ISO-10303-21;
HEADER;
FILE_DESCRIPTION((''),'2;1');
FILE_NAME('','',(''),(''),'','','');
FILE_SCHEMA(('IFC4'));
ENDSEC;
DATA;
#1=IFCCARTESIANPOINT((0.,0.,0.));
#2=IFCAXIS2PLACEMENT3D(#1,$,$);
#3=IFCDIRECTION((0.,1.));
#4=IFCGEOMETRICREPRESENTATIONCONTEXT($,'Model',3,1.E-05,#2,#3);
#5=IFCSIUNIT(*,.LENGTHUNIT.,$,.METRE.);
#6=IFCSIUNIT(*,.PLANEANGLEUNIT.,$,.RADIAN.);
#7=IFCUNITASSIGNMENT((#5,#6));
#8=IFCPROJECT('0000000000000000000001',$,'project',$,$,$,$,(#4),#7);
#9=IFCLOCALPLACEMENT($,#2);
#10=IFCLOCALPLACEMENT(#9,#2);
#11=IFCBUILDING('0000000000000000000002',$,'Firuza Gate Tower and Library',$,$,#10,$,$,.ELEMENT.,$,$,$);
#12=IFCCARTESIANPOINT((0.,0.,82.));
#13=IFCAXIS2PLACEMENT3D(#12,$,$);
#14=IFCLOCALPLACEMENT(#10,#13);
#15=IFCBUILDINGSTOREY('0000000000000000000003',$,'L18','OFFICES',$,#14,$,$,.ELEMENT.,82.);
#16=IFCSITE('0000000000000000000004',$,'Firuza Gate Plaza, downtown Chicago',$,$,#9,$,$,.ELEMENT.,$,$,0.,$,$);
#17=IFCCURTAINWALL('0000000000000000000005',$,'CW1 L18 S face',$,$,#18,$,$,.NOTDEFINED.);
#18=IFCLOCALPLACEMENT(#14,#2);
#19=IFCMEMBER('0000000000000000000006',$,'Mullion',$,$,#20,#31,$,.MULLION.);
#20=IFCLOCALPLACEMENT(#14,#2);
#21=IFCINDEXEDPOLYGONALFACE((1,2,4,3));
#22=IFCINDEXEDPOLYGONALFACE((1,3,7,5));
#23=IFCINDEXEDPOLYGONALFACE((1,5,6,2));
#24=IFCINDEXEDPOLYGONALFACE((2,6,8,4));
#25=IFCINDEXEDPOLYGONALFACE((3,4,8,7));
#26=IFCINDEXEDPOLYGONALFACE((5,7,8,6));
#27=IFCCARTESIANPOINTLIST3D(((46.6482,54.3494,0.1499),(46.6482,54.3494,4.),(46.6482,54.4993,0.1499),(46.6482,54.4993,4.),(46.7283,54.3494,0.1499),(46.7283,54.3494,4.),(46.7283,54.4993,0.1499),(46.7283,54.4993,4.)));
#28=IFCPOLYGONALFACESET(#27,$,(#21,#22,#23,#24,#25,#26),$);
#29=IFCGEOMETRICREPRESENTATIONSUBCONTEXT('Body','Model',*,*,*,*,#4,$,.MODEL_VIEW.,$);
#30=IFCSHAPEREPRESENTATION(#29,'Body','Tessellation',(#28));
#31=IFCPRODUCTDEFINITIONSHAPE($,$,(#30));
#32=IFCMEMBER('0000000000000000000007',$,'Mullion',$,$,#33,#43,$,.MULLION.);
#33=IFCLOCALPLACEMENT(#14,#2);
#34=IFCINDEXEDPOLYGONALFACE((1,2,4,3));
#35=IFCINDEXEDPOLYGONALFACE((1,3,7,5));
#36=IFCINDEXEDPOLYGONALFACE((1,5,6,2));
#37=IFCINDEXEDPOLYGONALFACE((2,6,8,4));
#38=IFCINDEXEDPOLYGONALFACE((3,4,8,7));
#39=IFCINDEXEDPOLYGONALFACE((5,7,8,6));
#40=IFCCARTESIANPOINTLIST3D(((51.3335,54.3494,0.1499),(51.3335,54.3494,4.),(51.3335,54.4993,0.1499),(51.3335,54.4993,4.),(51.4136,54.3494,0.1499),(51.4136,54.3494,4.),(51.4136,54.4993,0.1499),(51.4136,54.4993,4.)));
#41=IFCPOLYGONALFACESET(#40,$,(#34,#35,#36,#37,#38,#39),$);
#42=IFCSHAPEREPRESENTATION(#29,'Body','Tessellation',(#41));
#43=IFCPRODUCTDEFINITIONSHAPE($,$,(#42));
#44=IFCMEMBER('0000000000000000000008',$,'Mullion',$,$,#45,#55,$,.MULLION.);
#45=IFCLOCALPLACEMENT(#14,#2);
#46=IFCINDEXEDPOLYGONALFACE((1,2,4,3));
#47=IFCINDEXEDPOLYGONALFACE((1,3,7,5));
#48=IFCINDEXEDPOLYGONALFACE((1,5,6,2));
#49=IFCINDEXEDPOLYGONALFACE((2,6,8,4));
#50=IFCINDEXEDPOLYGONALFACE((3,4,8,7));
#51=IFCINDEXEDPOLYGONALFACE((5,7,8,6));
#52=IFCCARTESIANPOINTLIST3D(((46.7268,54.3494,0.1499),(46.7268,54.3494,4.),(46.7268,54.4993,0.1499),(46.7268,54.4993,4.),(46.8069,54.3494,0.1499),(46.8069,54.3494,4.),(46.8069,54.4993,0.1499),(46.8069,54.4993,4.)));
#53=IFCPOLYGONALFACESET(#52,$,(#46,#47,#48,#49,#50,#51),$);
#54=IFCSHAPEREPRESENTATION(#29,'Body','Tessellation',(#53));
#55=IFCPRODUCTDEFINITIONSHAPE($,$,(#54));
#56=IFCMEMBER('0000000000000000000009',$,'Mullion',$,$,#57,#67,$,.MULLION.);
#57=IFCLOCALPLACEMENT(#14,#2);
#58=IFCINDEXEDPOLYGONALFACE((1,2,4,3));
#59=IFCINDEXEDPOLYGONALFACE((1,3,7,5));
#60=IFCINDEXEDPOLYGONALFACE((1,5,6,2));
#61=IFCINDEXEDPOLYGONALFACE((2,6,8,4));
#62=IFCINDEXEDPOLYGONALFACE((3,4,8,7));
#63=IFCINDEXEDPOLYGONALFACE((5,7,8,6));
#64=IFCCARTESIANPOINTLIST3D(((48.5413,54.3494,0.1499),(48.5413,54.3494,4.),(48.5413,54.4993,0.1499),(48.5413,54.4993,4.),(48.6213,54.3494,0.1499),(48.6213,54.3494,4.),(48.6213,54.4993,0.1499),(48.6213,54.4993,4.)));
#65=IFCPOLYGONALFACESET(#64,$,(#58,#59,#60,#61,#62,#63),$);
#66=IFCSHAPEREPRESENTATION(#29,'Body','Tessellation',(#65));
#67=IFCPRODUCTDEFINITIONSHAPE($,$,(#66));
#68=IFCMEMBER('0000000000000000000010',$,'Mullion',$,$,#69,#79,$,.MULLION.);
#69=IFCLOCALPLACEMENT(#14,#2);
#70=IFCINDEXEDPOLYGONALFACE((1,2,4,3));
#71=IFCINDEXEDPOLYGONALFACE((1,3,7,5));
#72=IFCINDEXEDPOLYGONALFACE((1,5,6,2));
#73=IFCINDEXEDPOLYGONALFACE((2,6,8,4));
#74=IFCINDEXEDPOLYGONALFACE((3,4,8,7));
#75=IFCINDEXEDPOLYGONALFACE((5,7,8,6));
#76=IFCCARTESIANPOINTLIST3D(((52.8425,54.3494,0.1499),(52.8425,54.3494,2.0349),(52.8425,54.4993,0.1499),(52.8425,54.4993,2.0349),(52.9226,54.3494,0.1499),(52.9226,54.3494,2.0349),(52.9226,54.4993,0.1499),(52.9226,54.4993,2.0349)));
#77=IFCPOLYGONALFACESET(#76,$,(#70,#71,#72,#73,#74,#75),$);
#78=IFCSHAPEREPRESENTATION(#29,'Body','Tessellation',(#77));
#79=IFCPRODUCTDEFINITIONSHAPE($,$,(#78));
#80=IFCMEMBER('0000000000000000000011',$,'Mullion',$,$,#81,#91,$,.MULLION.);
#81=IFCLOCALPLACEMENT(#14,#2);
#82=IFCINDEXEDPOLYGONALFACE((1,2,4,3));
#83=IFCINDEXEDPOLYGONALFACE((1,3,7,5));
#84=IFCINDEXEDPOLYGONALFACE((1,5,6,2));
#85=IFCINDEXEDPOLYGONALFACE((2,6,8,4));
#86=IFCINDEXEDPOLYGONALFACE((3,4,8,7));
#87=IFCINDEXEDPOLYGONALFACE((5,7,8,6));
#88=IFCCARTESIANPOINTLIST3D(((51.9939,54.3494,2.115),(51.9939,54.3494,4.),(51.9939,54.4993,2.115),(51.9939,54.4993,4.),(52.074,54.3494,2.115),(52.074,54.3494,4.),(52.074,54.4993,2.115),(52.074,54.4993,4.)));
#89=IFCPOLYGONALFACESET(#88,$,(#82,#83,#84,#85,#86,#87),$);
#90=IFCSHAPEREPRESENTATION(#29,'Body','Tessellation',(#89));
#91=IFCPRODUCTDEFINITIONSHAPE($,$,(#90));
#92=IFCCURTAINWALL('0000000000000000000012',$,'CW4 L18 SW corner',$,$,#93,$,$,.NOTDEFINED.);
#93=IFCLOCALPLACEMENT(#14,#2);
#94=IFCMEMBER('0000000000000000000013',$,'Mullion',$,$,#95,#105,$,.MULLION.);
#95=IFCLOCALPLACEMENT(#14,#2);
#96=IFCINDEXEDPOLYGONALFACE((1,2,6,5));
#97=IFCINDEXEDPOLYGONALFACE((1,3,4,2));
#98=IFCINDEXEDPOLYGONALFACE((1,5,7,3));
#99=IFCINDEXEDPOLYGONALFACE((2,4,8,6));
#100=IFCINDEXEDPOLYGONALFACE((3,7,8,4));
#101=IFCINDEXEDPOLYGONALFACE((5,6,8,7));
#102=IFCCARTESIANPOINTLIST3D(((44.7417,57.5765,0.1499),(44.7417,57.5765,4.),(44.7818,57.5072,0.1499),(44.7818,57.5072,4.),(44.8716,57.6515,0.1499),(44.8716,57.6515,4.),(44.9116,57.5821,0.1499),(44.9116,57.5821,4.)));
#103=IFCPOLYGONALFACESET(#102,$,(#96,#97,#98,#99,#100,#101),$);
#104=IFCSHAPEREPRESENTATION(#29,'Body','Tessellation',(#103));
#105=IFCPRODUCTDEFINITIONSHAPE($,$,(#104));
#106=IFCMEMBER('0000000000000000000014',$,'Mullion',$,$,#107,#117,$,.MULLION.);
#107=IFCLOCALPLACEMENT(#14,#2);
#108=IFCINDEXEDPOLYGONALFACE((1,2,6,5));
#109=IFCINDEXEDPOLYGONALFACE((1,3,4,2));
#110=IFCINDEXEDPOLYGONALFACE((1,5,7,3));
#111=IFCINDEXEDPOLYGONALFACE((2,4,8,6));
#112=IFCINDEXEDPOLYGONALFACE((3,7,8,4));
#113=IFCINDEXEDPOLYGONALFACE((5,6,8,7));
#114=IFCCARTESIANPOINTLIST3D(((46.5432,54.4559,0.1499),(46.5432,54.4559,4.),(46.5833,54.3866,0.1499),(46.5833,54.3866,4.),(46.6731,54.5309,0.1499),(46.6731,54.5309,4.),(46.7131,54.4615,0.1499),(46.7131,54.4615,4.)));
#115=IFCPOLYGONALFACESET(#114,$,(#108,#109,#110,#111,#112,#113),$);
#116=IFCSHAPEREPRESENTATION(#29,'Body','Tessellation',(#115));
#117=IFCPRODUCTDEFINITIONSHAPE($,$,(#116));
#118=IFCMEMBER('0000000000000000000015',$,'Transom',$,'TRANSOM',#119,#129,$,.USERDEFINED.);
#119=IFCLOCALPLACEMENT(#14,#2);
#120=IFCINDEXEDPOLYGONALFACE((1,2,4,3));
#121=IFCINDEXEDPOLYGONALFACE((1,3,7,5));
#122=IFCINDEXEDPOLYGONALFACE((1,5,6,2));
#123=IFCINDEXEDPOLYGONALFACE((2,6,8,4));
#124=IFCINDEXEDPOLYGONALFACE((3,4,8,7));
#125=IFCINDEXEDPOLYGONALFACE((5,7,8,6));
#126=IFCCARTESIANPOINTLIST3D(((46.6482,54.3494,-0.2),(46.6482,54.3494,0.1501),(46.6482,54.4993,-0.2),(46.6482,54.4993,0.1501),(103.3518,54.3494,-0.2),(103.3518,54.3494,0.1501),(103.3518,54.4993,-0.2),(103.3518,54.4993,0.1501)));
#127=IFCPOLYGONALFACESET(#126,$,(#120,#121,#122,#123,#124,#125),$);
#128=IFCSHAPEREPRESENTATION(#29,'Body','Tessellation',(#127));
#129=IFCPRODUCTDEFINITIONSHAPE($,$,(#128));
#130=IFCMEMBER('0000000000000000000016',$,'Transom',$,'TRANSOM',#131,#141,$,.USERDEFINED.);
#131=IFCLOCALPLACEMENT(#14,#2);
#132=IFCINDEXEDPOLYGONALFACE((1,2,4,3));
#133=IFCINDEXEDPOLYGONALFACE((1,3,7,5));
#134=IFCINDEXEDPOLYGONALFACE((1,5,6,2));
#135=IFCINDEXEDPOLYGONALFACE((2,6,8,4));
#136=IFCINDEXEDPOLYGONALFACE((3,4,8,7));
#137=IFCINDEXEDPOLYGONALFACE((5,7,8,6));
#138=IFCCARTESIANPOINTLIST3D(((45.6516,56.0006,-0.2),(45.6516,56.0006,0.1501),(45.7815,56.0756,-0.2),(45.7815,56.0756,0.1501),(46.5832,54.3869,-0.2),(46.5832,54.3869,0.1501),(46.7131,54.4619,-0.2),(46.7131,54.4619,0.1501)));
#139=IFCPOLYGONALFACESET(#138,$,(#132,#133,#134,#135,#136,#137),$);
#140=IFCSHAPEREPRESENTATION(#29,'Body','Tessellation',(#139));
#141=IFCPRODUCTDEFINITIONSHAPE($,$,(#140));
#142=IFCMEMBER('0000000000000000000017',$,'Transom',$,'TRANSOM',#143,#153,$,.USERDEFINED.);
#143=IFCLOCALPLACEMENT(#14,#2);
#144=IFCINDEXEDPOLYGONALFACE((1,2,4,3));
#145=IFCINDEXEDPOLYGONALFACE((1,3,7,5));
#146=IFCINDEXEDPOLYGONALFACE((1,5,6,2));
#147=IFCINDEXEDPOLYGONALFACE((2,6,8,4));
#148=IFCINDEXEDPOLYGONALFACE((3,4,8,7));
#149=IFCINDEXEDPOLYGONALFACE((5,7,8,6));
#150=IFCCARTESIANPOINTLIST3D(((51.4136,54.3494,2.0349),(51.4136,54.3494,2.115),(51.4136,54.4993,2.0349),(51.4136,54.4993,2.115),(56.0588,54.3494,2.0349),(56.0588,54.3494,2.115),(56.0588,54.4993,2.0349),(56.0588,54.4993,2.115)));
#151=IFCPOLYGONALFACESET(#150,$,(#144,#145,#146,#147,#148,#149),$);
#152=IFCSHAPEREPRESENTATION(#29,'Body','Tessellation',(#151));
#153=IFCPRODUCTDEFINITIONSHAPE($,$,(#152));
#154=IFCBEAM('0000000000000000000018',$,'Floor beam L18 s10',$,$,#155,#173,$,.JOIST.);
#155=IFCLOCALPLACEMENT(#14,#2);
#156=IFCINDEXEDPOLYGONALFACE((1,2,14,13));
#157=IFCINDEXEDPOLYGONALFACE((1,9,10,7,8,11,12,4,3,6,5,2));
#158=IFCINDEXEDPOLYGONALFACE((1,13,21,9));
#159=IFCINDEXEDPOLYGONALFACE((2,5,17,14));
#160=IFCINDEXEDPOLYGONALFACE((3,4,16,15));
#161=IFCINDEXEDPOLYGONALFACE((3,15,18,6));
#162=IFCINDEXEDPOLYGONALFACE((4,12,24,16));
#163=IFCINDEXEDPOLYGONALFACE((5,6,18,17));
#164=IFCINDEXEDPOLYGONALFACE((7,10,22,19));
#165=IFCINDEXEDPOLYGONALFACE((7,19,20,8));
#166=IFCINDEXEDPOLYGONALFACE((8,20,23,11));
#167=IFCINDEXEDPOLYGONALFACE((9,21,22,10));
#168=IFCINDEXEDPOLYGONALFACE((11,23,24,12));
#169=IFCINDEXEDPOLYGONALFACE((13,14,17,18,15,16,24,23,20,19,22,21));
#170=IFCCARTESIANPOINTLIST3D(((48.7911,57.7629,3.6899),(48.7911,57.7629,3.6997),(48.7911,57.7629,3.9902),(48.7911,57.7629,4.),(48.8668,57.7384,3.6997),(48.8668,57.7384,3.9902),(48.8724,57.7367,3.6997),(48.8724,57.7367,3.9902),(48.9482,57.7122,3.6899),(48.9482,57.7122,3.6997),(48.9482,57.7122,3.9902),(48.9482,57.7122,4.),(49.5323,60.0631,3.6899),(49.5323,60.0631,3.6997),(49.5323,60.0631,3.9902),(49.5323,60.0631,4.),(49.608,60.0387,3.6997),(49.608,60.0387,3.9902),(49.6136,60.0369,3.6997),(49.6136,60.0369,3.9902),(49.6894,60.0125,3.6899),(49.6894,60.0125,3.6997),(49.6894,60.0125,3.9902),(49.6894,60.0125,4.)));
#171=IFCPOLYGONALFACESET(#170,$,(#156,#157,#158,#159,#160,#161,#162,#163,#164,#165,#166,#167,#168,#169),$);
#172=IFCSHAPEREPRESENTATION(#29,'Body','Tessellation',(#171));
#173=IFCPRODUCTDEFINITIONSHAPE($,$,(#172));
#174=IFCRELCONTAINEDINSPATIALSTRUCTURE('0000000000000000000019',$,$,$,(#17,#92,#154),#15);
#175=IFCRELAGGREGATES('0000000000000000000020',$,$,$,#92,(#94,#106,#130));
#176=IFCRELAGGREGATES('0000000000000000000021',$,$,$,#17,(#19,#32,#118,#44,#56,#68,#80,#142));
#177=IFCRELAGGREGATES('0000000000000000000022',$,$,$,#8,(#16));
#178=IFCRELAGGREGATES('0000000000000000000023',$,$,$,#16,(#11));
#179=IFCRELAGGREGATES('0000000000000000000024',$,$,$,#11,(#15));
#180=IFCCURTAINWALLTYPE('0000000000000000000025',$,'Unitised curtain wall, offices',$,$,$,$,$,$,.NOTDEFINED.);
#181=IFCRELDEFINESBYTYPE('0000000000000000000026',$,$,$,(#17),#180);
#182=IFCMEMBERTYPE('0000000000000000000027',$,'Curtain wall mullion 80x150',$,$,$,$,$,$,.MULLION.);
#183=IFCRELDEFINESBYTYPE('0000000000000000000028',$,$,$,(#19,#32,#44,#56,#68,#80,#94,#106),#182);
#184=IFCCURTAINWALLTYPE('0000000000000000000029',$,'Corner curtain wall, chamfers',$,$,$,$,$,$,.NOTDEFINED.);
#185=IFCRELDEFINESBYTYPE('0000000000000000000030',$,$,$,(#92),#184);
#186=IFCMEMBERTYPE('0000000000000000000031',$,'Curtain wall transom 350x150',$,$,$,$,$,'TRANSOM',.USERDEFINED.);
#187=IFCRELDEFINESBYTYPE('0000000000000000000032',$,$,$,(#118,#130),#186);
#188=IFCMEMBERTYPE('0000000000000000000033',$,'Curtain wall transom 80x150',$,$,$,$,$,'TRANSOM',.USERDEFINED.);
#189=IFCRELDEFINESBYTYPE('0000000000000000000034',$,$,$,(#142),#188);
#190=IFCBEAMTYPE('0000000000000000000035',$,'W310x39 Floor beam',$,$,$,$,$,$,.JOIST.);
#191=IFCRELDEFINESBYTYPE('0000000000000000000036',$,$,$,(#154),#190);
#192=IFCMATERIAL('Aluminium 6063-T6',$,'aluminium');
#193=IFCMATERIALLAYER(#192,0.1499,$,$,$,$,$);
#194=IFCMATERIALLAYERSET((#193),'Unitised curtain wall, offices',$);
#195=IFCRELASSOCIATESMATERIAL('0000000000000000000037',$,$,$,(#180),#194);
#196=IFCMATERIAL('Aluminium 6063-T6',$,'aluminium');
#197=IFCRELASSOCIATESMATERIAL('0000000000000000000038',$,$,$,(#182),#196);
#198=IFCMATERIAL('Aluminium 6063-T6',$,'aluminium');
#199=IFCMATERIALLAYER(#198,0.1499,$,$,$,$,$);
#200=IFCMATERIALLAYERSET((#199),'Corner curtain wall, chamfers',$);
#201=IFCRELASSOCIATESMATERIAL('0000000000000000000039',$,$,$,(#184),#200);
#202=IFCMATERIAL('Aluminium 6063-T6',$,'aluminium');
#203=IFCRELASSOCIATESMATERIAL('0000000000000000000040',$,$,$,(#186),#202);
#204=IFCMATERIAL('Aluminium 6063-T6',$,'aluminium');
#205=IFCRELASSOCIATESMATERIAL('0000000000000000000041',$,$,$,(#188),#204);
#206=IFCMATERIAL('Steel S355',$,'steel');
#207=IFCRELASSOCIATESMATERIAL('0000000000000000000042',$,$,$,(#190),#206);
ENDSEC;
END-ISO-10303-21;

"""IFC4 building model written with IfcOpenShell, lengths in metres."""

from ifc_helpers import new_model, si_unit, direction, frame, origin, origin_2d, place, context, subcontext, project, spatial, rectangle, i_section, extrude, material, layer, layer_set, material_profile, profile_set, type_object, element, aggregate, save


model = new_model("IFC4")

# Units and contexts
model_context = context("Model", 3, precision=1e-05, world=origin(), true_north=direction((0.0, 1.0)))
body_context = subcontext(model_context, "Body", "Model", "MODEL_VIEW")
ifc_project = project(units=[si_unit("LENGTHUNIT", "METRE"), si_unit("PLANEANGLEUNIT", "RADIAN")], contexts=[model_context])

# Site, building, storey
site_placement = place(None, origin())
site = spatial("IfcSite", under=ifc_project, at=site_placement, Name="Firuza Gate Plaza, downtown Chicago", CompositionType="ELEMENT", RefElevation=0.0)
building_placement = place(site_placement, origin())
building = spatial("IfcBuilding", under=site, at=building_placement, Name="Firuza Gate Tower and Library", CompositionType="ELEMENT")
storey_placement = place(building_placement, frame((0.0, 0.0, 82.0)))
storey = spatial("IfcBuildingStorey", under=building, at=storey_placement, Name="L18", Description="OFFICES", CompositionType="ELEMENT", Elevation=82.0)

# Curtain walls, members
ifc_material_1 = material(Name="Aluminium 6063-T6", Category="aluminium")
ifc_layer_1 = layer(ifc_material_1, 0.1499)
ifc_layer_set_1 = layer_set([ifc_layer_1], Name="Unitised curtain wall, offices")
curtain_wall_type_1 = type_object("IfcCurtainWallType", Name="Unitised curtain wall, offices", PredefinedType="NOTDEFINED", material=ifc_layer_set_1)
placement_1 = place(storey_placement, origin())
curtain_wall_1 = element("IfcCurtainWall", 1, at=placement_1, inside=storey, type_object=curtain_wall_type_1, Name="CW1 L18 S face", PredefinedType="NOTDEFINED")
ifc_material_2 = material(Name="Aluminium 6063-T6", Category="aluminium")
ifc_material_profile_1 = material_profile(ifc_material_2, rectangle(XDim=0.1499, YDim=0.0801, at=origin_2d()))
ifc_profile_set_1 = profile_set([ifc_material_profile_1], Name="Aluminium 6063-T6")
member_type_1 = type_object("IfcMemberType", Name="Curtain wall mullion 80x150", PredefinedType="MULLION", material=ifc_profile_set_1)
member_1_placement = place(storey_placement, frame((46.6882, 54.4243, 0.1499), z_axis=(0.0, 0.0, 1.0), x_axis=(0.0, 1.0, 0.0)))
member_1 = element("IfcMember", 2, at=member_1_placement, type_object=member_type_1, Name="Mullion", PredefinedType="MULLION", context=body_context, shape_type="SweptSolid", body=[
    extrude(rectangle(XDim=0.1499, YDim=0.0801, at=origin_2d()), origin(), (0.0, 0.0, 1.0), 3.8501),
])
member_2_placement = place(storey_placement, frame((51.3735, 54.4243, 0.1499), z_axis=(0.0, 0.0, 1.0), x_axis=(0.0, 1.0, 0.0)))
member_2 = element("IfcMember", 3, at=member_2_placement, type_object=member_type_1, Name="Mullion", PredefinedType="MULLION", context=body_context, shape_type="SweptSolid", body=[
    extrude(rectangle(XDim=0.1499, YDim=0.0801, at=origin_2d()), origin(), (0.0, 0.0, 1.0), 3.8501),
])
member_3_placement = place(storey_placement, frame((46.7668, 54.4243, 0.1499), z_axis=(0.0, 0.0, 1.0), x_axis=(0.0, 1.0, 0.0)))
member_3 = element("IfcMember", 4, at=member_3_placement, type_object=member_type_1, Name="Mullion", PredefinedType="MULLION", context=body_context, shape_type="SweptSolid", body=[
    extrude(rectangle(XDim=0.1499, YDim=0.0801, at=origin_2d()), origin(), (0.0, 0.0, 1.0), 3.8501),
])
member_4_placement = place(storey_placement, frame((48.5813, 54.4243, 0.1499), z_axis=(0.0, 0.0, 1.0), x_axis=(0.0, 1.0, 0.0)))
member_4 = element("IfcMember", 5, at=member_4_placement, type_object=member_type_1, Name="Mullion", PredefinedType="MULLION", context=body_context, shape_type="SweptSolid", body=[
    extrude(rectangle(XDim=0.1499, YDim=0.0801, at=origin_2d()), origin(), (0.0, 0.0, 1.0), 3.8501),
])
member_5_placement = place(storey_placement, frame((52.8826, 54.4243, 0.1499), z_axis=(0.0, 0.0, 1.0), x_axis=(0.0, 1.0, 0.0)))
member_5 = element("IfcMember", 6, at=member_5_placement, type_object=member_type_1, Name="Mullion", PredefinedType="MULLION", context=body_context, shape_type="SweptSolid", body=[
    extrude(rectangle(XDim=0.1499, YDim=0.0801, at=origin_2d()), origin(), (0.0, 0.0, 1.0), 1.885),
])
member_6_placement = place(storey_placement, frame((52.0339, 54.4243, 2.115), z_axis=(0.0, 0.0, 1.0), x_axis=(0.0, 1.0, 0.0)))
member_6 = element("IfcMember", 7, at=member_6_placement, type_object=member_type_1, Name="Mullion", PredefinedType="MULLION", context=body_context, shape_type="SweptSolid", body=[
    extrude(rectangle(XDim=0.1499, YDim=0.0801, at=origin_2d()), origin(), (0.0, 0.0, 1.0), 1.885),
])
ifc_material_3 = material(Name="Aluminium 6063-T6", Category="aluminium")
ifc_layer_2 = layer(ifc_material_3, 0.1499)
ifc_layer_set_2 = layer_set([ifc_layer_2], Name="Corner curtain wall, chamfers")
curtain_wall_type_2 = type_object("IfcCurtainWallType", Name="Corner curtain wall, chamfers", PredefinedType="NOTDEFINED", material=ifc_layer_set_2)
curtain_wall_2 = element("IfcCurtainWall", 8, at=placement_1, inside=storey, type_object=curtain_wall_type_2, Name="CW4 L18 SW corner", PredefinedType="NOTDEFINED")
member_7_placement = place(storey_placement, frame((44.8267, 57.5793, 0.1499), z_axis=(0.0, 0.0, 1.0), x_axis=(0.866025, 0.5, 0.0)))
member_7 = element("IfcMember", 9, at=member_7_placement, type_object=member_type_1, Name="Mullion", PredefinedType="MULLION", context=body_context, shape_type="SweptSolid", body=[
    extrude(rectangle(XDim=0.1499, YDim=0.0801, at=origin_2d()), origin(), (0.0, 0.0, 1.0), 3.8501),
])
member_8_placement = place(storey_placement, frame((46.6282, 54.4587, 0.1499), z_axis=(0.0, 0.0, 1.0), x_axis=(0.866025, 0.5, 0.0)))
member_8 = element("IfcMember", 10, at=member_8_placement, type_object=member_type_1, Name="Mullion", PredefinedType="MULLION", context=body_context, shape_type="SweptSolid", body=[
    extrude(rectangle(XDim=0.1499, YDim=0.0801, at=origin_2d()), origin(), (0.0, 0.0, 1.0), 3.8501),
])

# Members
ifc_material_4 = material(Name="Aluminium 6063-T6", Category="aluminium")
ifc_material_profile_2 = material_profile(ifc_material_4, rectangle(XDim=0.1499, YDim=0.3501, at=origin_2d()))
ifc_profile_set_2 = profile_set([ifc_material_profile_2], Name="Aluminium 6063-T6")
member_type_2 = type_object("IfcMemberType", Name="Curtain wall transom 350x150", ElementType="TRANSOM", PredefinedType="USERDEFINED", material=ifc_profile_set_2)
member_9_placement = place(storey_placement, frame((46.6482, 54.4243, -0.0249), z_axis=(1.0, 0.0, 0.0), x_axis=(0.0, 1.0, 0.0)))
member_9 = element("IfcMember", 11, at=member_9_placement, type_object=member_type_2, Name="Transom", ObjectType="TRANSOM", PredefinedType="USERDEFINED", context=body_context, shape_type="SweptSolid", body=[
    extrude(rectangle(XDim=0.1499, YDim=0.3501, at=origin_2d()), origin(), (0.0, 0.0, 1.0), 56.7036),
])
member_10_placement = place(storey_placement, frame((45.7166, 56.0381, -0.0249), z_axis=(0.499972, -0.866042, 0.0), x_axis=(0.866042, 0.499972, 0.0)))
member_10 = element("IfcMember", 12, at=member_10_placement, type_object=member_type_2, Name="Transom", ObjectType="TRANSOM", PredefinedType="USERDEFINED", context=body_context, shape_type="SweptSolid", body=[
    extrude(rectangle(XDim=0.1499, YDim=0.3501, at=origin_2d()), origin(), (0.0, 0.0, 1.0), 1.8633),
])
ifc_material_5 = material(Name="Aluminium 6063-T6", Category="aluminium")
ifc_material_profile_3 = material_profile(ifc_material_5, rectangle(XDim=0.1499, YDim=0.0801, at=origin_2d()))
ifc_profile_set_3 = profile_set([ifc_material_profile_3], Name="Aluminium 6063-T6")
member_type_3 = type_object("IfcMemberType", Name="Curtain wall transom 80x150", ElementType="TRANSOM", PredefinedType="USERDEFINED", material=ifc_profile_set_3)
member_11_placement = place(storey_placement, frame((51.4136, 54.4243, 2.075), z_axis=(1.0, 0.0, 0.0), x_axis=(0.0, 1.0, 0.0)))
member_11 = element("IfcMember", 13, at=member_11_placement, type_object=member_type_3, Name="Transom", ObjectType="TRANSOM", PredefinedType="USERDEFINED", context=body_context, shape_type="SweptSolid", body=[
    extrude(rectangle(XDim=0.1499, YDim=0.0801, at=origin_2d()), origin(), (0.0, 0.0, 1.0), 4.6453),
])

# Beam
ifc_material_6 = material(Name="Steel S355", Category="steel")
ifc_material_profile_4 = material_profile(ifc_material_6, i_section(OverallWidth=0.165, OverallDepth=0.3101, WebThickness=0.0059, FlangeThickness=0.0098, at=origin_2d()))
ifc_profile_set_4 = profile_set([ifc_material_profile_4], Name="Steel S355")
beam_type_1 = type_object("IfcBeamType", Name="W310x39 Floor beam", PredefinedType="JOIST", material=ifc_profile_set_4)
beam_1_placement = place(storey_placement, frame((48.8696, 57.7375, 3.845), z_axis=(0.306696, 0.951808, 0.0), x_axis=(-0.951808, 0.306696, 0.0)))
element("IfcBeam", 14, at=beam_1_placement, inside=storey, type_object=beam_type_1, Name="Floor beam L18 s10", PredefinedType="JOIST", context=body_context, shape_type="SweptSolid", body=[
    extrude(i_section(OverallWidth=0.165, OverallDepth=0.3101, WebThickness=0.0059, FlangeThickness=0.0098, at=origin_2d()), origin(), (0.0, 0.0, 1.0), 2.4167),
])

aggregate(curtain_wall_2, [member_7, member_8, member_10])
aggregate(curtain_wall_1, [member_1, member_2, member_9, member_3, member_4, member_5, member_6, member_11])

save(model, "model.ifc")
